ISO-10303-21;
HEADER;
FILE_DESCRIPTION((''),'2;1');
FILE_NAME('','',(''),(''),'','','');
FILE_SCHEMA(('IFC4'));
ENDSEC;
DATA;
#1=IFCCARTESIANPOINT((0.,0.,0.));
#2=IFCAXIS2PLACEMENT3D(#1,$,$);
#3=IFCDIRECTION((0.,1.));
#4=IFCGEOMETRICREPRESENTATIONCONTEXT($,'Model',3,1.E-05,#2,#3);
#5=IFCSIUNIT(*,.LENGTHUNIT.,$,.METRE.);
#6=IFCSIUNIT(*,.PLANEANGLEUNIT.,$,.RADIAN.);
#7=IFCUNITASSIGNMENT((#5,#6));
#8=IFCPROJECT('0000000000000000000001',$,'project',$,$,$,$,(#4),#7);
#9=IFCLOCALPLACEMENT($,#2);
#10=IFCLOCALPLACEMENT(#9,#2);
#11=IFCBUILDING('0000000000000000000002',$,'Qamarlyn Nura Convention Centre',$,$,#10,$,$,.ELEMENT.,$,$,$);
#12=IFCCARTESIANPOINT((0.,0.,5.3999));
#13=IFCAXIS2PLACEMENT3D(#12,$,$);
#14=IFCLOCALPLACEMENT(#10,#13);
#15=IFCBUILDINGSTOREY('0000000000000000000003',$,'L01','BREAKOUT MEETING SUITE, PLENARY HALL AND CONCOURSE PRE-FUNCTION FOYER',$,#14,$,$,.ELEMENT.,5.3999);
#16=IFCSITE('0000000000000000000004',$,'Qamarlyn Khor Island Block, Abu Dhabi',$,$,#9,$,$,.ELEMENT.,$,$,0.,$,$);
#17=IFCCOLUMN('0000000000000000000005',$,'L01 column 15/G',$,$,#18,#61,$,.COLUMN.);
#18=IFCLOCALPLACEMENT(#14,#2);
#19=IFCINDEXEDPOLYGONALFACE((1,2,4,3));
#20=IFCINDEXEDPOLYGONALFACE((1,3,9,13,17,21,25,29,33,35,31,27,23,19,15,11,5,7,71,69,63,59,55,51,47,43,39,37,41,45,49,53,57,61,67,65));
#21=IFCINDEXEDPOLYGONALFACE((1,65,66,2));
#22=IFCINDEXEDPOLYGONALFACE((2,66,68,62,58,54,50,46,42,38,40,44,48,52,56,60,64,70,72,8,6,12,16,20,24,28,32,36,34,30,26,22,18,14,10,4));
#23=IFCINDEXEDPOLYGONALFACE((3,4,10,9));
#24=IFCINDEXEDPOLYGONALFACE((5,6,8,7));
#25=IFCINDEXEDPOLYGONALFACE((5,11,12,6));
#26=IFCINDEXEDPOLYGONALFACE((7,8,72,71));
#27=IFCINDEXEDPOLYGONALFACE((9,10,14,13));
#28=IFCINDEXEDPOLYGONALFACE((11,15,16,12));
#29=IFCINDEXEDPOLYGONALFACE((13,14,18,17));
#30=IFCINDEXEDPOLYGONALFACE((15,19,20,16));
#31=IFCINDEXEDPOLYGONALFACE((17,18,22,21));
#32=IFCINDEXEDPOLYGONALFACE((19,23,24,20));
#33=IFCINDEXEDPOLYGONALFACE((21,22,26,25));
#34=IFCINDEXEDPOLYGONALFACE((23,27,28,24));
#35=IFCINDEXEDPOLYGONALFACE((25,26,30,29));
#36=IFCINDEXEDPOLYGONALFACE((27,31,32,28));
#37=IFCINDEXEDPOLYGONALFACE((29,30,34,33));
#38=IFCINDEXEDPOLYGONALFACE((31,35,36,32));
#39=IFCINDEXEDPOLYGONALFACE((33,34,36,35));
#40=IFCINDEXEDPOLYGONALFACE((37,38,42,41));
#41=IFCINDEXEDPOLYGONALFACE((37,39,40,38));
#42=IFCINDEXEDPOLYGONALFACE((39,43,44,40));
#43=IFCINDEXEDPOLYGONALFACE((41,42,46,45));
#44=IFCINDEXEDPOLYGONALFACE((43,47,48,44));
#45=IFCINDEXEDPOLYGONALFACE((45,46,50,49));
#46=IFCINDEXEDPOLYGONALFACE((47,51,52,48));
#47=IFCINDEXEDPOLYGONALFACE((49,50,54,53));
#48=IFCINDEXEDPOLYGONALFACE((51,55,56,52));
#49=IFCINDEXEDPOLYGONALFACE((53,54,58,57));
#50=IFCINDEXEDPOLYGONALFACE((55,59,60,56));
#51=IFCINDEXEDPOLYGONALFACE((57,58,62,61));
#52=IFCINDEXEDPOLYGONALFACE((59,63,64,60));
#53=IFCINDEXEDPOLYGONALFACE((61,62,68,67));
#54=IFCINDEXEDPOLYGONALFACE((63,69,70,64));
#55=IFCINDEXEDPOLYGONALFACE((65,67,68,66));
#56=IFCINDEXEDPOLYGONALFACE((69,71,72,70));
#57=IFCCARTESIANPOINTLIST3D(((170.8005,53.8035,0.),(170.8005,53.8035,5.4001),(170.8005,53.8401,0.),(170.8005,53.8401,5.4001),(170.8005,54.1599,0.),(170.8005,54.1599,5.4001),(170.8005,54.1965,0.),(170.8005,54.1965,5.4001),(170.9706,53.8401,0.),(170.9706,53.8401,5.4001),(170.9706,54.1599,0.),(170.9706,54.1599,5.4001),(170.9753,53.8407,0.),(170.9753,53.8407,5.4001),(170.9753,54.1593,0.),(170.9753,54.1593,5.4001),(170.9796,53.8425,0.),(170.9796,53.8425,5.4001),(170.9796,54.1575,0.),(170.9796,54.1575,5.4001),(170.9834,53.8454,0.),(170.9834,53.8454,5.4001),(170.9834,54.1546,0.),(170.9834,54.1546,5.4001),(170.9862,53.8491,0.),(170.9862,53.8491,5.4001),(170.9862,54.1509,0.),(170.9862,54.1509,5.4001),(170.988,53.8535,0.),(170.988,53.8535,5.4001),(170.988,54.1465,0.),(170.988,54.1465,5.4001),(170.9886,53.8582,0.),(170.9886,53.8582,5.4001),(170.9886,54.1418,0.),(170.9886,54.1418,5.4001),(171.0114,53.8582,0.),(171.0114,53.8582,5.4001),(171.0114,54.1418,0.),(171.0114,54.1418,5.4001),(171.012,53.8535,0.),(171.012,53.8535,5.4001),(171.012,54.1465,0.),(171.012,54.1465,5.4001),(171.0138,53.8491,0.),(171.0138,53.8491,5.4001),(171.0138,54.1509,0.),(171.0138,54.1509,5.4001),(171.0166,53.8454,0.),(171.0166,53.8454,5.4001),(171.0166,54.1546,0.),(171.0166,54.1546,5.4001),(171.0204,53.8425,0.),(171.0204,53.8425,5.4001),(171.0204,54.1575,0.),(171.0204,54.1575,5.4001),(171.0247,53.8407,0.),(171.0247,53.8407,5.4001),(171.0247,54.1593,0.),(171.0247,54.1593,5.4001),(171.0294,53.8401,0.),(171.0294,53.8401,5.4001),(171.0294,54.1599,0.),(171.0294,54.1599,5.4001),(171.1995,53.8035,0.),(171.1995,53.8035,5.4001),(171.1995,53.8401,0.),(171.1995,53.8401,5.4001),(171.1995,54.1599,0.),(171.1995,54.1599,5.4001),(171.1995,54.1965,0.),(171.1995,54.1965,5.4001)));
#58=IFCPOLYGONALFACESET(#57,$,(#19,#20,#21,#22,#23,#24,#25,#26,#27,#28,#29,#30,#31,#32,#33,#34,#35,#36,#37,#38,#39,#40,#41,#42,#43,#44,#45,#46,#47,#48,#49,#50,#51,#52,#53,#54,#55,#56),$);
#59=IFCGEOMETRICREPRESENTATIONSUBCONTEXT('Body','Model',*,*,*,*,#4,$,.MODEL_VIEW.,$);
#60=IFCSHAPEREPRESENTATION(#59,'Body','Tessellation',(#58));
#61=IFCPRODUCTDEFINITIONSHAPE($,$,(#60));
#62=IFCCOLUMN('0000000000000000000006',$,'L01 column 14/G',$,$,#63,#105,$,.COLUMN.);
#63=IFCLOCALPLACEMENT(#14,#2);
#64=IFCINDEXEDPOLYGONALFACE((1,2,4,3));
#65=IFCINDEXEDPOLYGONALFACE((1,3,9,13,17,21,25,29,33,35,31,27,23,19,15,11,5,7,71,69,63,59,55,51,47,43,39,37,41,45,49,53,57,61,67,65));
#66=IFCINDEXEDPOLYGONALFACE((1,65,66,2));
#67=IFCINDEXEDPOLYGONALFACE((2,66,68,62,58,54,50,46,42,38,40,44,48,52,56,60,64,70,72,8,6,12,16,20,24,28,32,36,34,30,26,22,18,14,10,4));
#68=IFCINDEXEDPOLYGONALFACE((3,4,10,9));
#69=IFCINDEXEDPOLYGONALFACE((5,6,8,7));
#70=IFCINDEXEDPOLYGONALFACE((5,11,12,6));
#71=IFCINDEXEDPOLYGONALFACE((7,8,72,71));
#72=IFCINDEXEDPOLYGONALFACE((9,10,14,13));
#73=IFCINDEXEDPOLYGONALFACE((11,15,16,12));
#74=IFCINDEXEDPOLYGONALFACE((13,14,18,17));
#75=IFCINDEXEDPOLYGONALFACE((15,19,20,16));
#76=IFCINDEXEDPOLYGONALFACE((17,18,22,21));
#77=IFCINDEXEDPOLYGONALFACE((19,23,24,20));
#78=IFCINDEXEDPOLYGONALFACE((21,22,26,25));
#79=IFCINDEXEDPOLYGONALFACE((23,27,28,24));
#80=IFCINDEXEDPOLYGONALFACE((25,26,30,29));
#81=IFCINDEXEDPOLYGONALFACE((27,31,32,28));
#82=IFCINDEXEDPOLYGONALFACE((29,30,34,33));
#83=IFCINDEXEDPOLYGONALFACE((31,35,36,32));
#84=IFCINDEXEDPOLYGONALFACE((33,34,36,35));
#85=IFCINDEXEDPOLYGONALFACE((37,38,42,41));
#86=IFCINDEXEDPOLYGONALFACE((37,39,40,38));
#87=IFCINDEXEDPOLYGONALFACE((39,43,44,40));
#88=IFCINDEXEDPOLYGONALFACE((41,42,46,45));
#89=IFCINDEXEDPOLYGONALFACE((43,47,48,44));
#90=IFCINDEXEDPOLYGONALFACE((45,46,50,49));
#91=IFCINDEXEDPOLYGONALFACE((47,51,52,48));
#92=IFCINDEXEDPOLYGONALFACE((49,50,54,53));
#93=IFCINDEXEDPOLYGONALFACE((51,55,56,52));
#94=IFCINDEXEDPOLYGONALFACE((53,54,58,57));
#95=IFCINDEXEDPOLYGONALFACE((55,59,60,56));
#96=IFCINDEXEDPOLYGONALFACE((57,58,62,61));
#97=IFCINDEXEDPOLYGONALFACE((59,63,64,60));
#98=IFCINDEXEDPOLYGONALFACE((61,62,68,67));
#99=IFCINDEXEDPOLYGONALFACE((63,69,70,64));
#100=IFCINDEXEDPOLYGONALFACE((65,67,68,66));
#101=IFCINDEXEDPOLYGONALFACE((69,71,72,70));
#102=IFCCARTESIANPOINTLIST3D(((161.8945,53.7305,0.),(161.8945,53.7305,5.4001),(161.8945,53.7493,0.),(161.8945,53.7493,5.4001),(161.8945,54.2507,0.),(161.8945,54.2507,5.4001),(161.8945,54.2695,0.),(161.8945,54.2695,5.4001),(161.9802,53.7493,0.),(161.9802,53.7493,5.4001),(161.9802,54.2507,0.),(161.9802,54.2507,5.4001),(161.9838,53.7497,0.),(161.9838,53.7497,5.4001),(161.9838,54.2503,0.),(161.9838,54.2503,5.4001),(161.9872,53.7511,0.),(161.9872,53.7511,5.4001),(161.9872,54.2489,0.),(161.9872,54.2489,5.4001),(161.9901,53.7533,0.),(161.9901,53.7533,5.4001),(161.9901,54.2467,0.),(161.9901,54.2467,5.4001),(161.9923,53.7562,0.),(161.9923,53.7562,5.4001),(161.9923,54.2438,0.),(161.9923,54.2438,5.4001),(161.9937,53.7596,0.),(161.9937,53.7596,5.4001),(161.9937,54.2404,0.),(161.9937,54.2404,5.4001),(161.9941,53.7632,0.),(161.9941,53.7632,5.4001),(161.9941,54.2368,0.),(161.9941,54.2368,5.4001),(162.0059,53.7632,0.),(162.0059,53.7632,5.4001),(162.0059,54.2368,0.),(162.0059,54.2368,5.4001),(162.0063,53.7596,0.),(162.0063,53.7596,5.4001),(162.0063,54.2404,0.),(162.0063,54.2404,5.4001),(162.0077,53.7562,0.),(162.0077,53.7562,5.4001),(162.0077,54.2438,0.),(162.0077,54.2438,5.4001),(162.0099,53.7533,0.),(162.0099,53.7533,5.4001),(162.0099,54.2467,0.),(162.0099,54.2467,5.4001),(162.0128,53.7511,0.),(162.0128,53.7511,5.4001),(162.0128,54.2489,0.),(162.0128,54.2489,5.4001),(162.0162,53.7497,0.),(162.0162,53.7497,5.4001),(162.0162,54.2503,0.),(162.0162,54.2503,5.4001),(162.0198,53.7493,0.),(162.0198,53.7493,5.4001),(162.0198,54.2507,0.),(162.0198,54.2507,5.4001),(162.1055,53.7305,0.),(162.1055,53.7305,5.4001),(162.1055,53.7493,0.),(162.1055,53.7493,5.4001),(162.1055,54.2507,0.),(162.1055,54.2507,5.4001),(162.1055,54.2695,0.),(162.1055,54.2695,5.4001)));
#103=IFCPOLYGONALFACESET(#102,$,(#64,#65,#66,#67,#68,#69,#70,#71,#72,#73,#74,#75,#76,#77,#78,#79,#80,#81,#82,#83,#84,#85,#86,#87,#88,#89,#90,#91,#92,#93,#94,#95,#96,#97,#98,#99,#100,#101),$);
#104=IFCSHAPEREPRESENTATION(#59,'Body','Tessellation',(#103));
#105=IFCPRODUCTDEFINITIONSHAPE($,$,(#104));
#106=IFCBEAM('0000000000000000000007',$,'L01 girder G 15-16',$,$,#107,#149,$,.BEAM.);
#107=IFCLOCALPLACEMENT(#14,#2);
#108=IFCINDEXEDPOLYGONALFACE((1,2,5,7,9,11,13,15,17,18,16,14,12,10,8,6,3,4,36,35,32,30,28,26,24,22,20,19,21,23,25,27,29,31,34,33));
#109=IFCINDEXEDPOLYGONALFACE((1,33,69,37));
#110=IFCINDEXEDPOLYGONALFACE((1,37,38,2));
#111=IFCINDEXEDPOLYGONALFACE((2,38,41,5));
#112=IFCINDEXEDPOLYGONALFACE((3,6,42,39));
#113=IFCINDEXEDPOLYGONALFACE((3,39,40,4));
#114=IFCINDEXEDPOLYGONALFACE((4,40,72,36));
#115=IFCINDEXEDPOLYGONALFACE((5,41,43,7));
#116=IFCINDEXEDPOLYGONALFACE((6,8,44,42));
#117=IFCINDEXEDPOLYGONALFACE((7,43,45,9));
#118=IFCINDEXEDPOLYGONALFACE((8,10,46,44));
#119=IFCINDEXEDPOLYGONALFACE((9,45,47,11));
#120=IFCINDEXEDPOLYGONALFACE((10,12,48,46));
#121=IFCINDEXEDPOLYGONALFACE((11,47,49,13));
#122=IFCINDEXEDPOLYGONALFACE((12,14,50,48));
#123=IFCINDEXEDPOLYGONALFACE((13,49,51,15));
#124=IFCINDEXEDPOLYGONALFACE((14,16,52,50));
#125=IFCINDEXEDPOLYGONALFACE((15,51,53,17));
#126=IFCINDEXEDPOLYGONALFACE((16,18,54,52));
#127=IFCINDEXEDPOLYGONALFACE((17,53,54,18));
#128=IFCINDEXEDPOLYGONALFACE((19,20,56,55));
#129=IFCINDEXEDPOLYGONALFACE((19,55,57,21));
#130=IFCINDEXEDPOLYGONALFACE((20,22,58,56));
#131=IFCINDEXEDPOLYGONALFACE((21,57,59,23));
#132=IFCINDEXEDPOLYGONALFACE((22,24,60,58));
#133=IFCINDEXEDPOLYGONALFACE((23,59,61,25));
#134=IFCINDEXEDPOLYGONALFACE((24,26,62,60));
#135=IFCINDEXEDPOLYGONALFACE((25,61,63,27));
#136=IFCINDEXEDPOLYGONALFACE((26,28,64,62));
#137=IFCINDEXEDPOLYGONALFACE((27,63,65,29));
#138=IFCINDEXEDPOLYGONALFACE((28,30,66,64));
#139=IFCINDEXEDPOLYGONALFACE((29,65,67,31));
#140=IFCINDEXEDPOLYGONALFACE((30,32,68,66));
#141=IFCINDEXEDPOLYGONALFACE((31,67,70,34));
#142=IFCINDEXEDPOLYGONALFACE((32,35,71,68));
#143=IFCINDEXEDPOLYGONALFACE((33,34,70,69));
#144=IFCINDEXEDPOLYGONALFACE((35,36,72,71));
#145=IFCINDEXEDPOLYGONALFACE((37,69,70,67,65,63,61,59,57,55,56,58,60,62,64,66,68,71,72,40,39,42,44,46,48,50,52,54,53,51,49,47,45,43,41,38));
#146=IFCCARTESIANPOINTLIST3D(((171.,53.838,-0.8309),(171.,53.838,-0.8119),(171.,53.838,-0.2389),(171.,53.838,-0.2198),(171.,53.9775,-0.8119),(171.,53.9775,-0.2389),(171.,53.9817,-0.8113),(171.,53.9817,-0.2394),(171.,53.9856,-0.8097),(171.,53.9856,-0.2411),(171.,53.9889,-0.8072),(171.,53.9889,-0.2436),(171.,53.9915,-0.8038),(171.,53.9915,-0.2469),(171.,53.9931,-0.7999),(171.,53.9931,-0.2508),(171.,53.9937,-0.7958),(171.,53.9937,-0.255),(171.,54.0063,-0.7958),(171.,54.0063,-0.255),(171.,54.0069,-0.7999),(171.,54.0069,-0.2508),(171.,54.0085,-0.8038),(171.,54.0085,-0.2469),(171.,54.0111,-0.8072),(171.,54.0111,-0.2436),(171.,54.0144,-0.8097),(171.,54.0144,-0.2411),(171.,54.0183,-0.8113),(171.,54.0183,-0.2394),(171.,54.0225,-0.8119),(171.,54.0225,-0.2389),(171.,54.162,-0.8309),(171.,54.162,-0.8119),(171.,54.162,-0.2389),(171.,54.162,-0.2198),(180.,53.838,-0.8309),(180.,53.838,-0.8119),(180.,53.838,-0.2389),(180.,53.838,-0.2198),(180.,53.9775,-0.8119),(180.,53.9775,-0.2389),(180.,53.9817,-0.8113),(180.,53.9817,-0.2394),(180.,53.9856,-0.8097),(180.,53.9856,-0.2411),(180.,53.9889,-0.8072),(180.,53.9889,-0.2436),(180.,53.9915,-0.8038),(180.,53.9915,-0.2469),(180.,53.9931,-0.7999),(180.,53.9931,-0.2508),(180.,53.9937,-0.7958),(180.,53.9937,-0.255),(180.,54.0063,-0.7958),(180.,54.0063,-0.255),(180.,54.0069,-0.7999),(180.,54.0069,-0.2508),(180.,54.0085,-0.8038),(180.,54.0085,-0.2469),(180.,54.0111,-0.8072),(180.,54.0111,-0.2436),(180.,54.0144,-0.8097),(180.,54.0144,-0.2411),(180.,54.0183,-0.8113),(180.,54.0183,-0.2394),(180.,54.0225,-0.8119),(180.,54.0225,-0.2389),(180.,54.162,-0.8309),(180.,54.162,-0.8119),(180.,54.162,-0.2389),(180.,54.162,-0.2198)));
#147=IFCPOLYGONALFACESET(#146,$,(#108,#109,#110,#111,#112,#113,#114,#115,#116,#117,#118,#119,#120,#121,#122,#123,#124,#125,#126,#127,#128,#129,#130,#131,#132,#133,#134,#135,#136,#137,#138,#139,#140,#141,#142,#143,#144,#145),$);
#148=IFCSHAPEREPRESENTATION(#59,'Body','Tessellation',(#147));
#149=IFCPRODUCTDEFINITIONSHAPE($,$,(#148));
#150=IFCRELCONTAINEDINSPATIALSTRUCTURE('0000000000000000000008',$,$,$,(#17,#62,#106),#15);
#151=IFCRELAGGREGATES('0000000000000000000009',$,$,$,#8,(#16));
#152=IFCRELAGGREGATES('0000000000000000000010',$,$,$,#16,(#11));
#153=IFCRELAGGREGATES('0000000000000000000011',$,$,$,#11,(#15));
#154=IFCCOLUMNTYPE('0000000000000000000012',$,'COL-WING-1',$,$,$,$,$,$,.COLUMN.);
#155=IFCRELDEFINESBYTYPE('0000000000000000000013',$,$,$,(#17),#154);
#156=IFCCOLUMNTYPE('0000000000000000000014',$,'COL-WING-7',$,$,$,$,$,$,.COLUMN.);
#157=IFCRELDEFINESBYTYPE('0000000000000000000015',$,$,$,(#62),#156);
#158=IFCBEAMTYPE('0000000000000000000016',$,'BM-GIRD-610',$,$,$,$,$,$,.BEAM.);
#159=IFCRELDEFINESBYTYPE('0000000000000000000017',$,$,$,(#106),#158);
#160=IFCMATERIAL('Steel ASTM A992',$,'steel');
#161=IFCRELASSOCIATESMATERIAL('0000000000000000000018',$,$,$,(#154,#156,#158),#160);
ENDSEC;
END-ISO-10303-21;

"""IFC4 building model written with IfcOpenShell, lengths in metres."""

from ifc_helpers import new_model, si_unit, direction, frame, origin, origin_2d, place, context, subcontext, project, spatial, i_section, extrude, material, material_profile, profile_set, type_object, element, save


model = new_model("IFC4")

# Units and contexts
model_context = context("Model", 3, precision=1e-05, world=origin(), true_north=direction((0.0, 1.0)))
body_context = subcontext(model_context, "Body", "Model", "MODEL_VIEW")
ifc_project = project(units=[si_unit("LENGTHUNIT", "METRE"), si_unit("PLANEANGLEUNIT", "RADIAN")], contexts=[model_context])

# Site, building, storey
site_placement = place(None, origin())
site = spatial("IfcSite", under=ifc_project, at=site_placement, Name="Qamarlyn Khor Island Block, Abu Dhabi", CompositionType="ELEMENT", RefElevation=0.0)
building_placement = place(site_placement, origin())
building = spatial("IfcBuilding", under=site, at=building_placement, Name="Qamarlyn Nura Convention Centre", CompositionType="ELEMENT")
storey_placement = place(building_placement, frame((0.0, 0.0, 5.3999)))
storey = spatial("IfcBuildingStorey", under=building, at=storey_placement, Name="L01", Description="BREAKOUT MEETING SUITE, PLENARY HALL AND CONCOURSE PRE-FUNCTION FOYER", CompositionType="ELEMENT", Elevation=5.3999)

# Columns
ifc_material_1 = material(Name="Steel ASTM A992", Category="steel")
ifc_material_profile_1 = material_profile(ifc_material_1, i_section(OverallWidth=0.3989, OverallDepth=0.3931, WebThickness=0.0227, FlangeThickness=0.0366, FilletRadius=0.0181, at=origin_2d()), Name="W360X287")
ifc_profile_set_1 = profile_set([ifc_material_profile_1], Name="Steel ASTM A992")
column_type_1 = type_object("IfcColumnType", Name="COL-WING-1", PredefinedType="COLUMN", material=ifc_profile_set_1)
column_1_placement = place(storey_placement, frame((171.0, 54.0, 0.0), z_axis=(0.0, 0.0, 1.0), x_axis=(1.0, 0.0, 0.0)))
element("IfcColumn", 1, at=column_1_placement, inside=storey, type_object=column_type_1, Name="L01 column 15/G", PredefinedType="COLUMN", context=body_context, shape_type="SweptSolid", body=[
    extrude(i_section(OverallWidth=0.3989, OverallDepth=0.3931, WebThickness=0.0227, FlangeThickness=0.0366, FilletRadius=0.0181, at=origin_2d()), origin(), (0.0, 0.0, 1.0), 5.4001),
])
ifc_material_profile_2 = material_profile(ifc_material_1, i_section(OverallWidth=0.2109, OverallDepth=0.5391, WebThickness=0.0117, FlangeThickness=0.0188, FilletRadius=0.0139, at=origin_2d()), Name="W530X109")
ifc_profile_set_2 = profile_set([ifc_material_profile_2], Name="Steel ASTM A992")
column_type_2 = type_object("IfcColumnType", Name="COL-WING-7", PredefinedType="COLUMN", material=ifc_profile_set_2)
column_2_placement = place(storey_placement, frame((162.0, 54.0, 0.0), z_axis=(0.0, 0.0, 1.0), x_axis=(1.0, 0.0, 0.0)))
element("IfcColumn", 2, at=column_2_placement, inside=storey, type_object=column_type_2, Name="L01 column 14/G", PredefinedType="COLUMN", context=body_context, shape_type="SweptSolid", body=[
    extrude(i_section(OverallWidth=0.2109, OverallDepth=0.5391, WebThickness=0.0117, FlangeThickness=0.0188, FilletRadius=0.0139, at=origin_2d()), origin(), (0.0, 0.0, 1.0), 5.4001),
])

# Beam
ifc_material_profile_3 = material_profile(ifc_material_1, i_section(OverallWidth=0.324, OverallDepth=0.6111, WebThickness=0.0127, FlangeThickness=0.019, FilletRadius=0.0161, at=origin_2d()), Name="W610X155")
ifc_profile_set_3 = profile_set([ifc_material_profile_3], Name="Steel ASTM A992")
beam_type_1 = type_object("IfcBeamType", Name="BM-GIRD-610", PredefinedType="BEAM", material=ifc_profile_set_3)
beam_1_placement = place(storey_placement, frame((171.0, 54.0, -0.5254), z_axis=(1.0, 0.0, 0.0), x_axis=(0.0, 1.0, 0.0)))
element("IfcBeam", 3, at=beam_1_placement, inside=storey, type_object=beam_type_1, Name="L01 girder G 15-16", PredefinedType="BEAM", context=body_context, shape_type="SweptSolid", body=[
    extrude(i_section(OverallWidth=0.324, OverallDepth=0.6111, WebThickness=0.0127, FlangeThickness=0.019, FilletRadius=0.0161, at=origin_2d()), origin(), (0.0, 0.0, 1.0), 9.0),
])

save(model, "model.ifc")
